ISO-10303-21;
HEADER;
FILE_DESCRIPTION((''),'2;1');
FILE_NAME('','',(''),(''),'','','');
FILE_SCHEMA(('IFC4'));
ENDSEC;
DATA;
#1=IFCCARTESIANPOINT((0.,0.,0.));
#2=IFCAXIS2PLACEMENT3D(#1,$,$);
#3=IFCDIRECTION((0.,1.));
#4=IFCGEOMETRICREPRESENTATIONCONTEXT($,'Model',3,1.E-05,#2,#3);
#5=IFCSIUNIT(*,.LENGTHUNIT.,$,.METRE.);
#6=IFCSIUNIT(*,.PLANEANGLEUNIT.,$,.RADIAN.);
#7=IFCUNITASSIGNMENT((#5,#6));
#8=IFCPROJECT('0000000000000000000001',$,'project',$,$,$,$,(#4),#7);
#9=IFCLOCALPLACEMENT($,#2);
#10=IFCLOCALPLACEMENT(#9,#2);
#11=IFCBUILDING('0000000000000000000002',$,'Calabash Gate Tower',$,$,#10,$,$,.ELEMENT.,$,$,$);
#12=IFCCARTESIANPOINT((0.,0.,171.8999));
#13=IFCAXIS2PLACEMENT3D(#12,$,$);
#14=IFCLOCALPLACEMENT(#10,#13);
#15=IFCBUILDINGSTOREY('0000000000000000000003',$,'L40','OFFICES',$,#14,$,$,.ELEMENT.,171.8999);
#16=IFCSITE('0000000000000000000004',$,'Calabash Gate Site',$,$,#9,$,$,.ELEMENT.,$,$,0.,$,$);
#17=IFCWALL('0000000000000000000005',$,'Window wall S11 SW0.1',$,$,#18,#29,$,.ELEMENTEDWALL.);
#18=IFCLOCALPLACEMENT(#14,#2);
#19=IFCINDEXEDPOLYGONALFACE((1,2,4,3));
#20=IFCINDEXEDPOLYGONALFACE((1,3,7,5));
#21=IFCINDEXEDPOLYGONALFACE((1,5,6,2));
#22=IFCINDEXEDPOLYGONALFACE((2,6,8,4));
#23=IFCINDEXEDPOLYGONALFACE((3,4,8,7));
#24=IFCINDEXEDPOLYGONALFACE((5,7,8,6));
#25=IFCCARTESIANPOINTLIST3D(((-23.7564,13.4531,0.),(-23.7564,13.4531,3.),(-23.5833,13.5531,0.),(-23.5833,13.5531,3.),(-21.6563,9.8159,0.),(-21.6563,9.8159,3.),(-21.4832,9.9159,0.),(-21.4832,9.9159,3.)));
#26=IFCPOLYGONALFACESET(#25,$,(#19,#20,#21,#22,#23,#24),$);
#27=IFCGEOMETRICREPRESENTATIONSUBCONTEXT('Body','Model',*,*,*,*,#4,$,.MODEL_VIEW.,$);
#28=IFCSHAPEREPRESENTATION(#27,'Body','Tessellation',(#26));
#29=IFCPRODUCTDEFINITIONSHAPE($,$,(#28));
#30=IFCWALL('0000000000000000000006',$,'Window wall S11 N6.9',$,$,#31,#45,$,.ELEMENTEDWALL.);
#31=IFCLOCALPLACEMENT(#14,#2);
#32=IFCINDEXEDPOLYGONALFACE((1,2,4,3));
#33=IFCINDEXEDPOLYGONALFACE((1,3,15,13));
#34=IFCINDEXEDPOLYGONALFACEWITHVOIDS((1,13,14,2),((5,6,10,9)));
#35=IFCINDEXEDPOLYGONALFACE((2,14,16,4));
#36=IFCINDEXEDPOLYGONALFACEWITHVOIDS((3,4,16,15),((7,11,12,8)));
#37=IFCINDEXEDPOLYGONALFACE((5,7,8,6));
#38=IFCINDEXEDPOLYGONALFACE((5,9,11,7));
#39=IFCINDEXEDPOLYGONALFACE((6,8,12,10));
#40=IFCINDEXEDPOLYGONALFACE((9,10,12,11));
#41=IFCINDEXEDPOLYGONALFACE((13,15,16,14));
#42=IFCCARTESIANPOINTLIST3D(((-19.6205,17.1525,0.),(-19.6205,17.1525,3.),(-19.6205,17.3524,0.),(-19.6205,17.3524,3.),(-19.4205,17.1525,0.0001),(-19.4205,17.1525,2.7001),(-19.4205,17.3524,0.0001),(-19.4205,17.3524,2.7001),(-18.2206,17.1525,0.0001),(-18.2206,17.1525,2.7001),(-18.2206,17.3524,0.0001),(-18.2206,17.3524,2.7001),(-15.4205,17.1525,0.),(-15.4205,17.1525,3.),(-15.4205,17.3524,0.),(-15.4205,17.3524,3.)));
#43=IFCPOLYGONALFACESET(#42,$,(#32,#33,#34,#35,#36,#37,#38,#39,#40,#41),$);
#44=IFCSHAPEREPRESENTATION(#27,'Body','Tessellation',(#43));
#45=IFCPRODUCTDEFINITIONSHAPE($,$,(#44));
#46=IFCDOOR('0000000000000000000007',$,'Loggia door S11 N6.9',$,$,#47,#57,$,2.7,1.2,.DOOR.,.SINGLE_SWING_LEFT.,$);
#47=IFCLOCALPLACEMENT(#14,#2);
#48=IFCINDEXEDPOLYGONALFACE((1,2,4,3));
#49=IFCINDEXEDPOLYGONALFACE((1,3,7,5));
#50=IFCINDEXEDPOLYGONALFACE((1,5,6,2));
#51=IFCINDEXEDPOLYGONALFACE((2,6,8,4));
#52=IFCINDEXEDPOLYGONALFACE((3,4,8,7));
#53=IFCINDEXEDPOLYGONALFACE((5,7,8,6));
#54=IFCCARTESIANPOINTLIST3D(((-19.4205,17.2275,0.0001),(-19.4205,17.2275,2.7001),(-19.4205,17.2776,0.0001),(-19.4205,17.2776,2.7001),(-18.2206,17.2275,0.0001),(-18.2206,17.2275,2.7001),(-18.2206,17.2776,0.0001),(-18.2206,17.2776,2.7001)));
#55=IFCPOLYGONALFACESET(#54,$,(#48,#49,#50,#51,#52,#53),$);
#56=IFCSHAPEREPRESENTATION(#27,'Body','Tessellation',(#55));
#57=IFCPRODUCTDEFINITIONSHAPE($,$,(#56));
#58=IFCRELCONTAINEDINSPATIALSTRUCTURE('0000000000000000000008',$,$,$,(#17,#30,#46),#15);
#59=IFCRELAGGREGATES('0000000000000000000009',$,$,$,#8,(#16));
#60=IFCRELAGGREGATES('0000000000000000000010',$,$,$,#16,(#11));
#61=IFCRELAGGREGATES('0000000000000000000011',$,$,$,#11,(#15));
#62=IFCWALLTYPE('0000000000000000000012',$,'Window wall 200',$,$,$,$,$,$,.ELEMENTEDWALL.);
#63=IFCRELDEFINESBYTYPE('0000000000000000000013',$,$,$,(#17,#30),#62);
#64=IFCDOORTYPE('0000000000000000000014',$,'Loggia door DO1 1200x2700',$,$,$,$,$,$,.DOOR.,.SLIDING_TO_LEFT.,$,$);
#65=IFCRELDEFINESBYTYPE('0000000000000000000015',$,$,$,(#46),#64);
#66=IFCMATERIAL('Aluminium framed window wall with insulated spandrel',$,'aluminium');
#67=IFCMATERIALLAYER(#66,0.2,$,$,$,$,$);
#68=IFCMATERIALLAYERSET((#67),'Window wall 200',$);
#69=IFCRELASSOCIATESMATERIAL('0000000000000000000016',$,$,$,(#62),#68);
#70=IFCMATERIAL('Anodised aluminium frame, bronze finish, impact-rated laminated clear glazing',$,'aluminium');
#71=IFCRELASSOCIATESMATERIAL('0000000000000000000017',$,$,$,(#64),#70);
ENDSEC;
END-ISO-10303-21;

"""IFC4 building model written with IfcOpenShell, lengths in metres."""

from ifc_helpers import new_model, si_unit, direction, frame, frame_2d, origin, place, context, subcontext, project, spatial, rectangle, extrude, material, layer, layer_set, type_object, element, fill, save


model = new_model("IFC4")

# Units and contexts
model_context = context("Model", 3, precision=1e-05, world=origin(), true_north=direction((0.0, 1.0)))
body_context = subcontext(model_context, "Body", "Model", "MODEL_VIEW")
ifc_project = project(units=[si_unit("LENGTHUNIT", "METRE"), si_unit("PLANEANGLEUNIT", "RADIAN")], contexts=[model_context])

# Site, building, storey
site_placement = place(None, origin())
site = spatial("IfcSite", under=ifc_project, at=site_placement, Name="Calabash Gate Site", CompositionType="ELEMENT", RefElevation=0.0)
building_placement = place(site_placement, origin())
building = spatial("IfcBuilding", under=site, at=building_placement, Name="Calabash Gate Tower", CompositionType="ELEMENT")
storey_placement = place(building_placement, frame((0.0, 0.0, 171.8999)))
storey = spatial("IfcBuildingStorey", under=building, at=storey_placement, Name="L40", Description="OFFICES", CompositionType="ELEMENT", Elevation=171.8999)

# Wall
ifc_material_1 = material(Name="Aluminium framed window wall with insulated spandrel", Category="aluminium")
ifc_layer_1 = layer(ifc_material_1, 0.2)
ifc_layer_set_1 = layer_set([ifc_layer_1], Name="Window wall 200")
wall_type_1 = type_object("IfcWallType", Name="Window wall 200", PredefinedType="ELEMENTEDWALL", material=ifc_layer_set_1)
wall_1_placement = place(storey_placement, frame((-23.6699, 13.5032, 0.0), z_axis=(0.0, 0.0, 1.0), x_axis=(0.500028, -0.866009, 0.0)))
element("IfcWall", 1, at=wall_1_placement, inside=storey, type_object=wall_type_1, Name="Window wall S11 SW0.1", PredefinedType="ELEMENTEDWALL", context=body_context, shape_type="SweptSolid", body=[
    extrude(rectangle(XDim=4.2, YDim=0.2, at=frame_2d((2.1001, 0.0))), origin(), (0.0, 0.0, 1.0), 3.0),
])

# Wall, opening, door
wall_2_placement = place(storey_placement, frame((-15.4204, 17.2524, 0.0), z_axis=(0.0, 0.0, 1.0), x_axis=(-1.0, 0.0, 0.0)))
wall_2 = element("IfcWall", 2, at=wall_2_placement, inside=storey, type_object=wall_type_1, Name="Window wall S11 N6.9", PredefinedType="ELEMENTEDWALL", context=body_context, shape_type="SweptSolid", body=[
    extrude(rectangle(XDim=4.2, YDim=0.2, at=frame_2d((2.1001, 0.0))), origin(), (0.0, 0.0, 1.0), 3.0),
])
opening_1_placement = place(wall_2_placement, frame((2.8, 0.0, 0.0)))
opening_1 = element("IfcOpeningElement", 3, at=opening_1_placement, cuts=wall_2, PredefinedType="OPENING", context=body_context, shape_type="SweptSolid", body=[
    extrude(rectangle(XDim=1.2, YDim=2.7, at=frame_2d((0.6001, 1.3501))), frame((0.0, 0.1099, 0.0), z_axis=(0.0, -1.0, 0.0), x_axis=(1.0, 0.0, 0.0)), (0.0, 0.0, 1.0), 0.22),
])
ifc_material_2 = material(Name="Anodised aluminium frame, bronze finish, impact-rated laminated clear glazing", Category="aluminium")
door_type_1 = type_object("IfcDoorType", Name="Loggia door DO1 1200x2700", OperationType="SLIDING_TO_LEFT", PredefinedType="DOOR", material=ifc_material_2)
door_1_placement = place(opening_1_placement, origin())
door_1 = element("IfcDoor", 4, at=door_1_placement, inside=storey, type_object=door_type_1, Name="Loggia door S11 N6.9", OperationType="SINGLE_SWING_LEFT", OverallHeight=2.7, OverallWidth=1.2, PredefinedType="DOOR", context=body_context, shape_type="SweptSolid", body=[
    extrude(rectangle(XDim=1.2, YDim=2.7, at=frame_2d((0.6001, 1.3501))), frame((0.0, 0.0249, 0.0), z_axis=(0.0, -1.0, 0.0), x_axis=(1.0, 0.0, 0.0)), (0.0, 0.0, 1.0), 0.05),
])
fill(opening_1, door_1)

save(model, "model.ifc")
